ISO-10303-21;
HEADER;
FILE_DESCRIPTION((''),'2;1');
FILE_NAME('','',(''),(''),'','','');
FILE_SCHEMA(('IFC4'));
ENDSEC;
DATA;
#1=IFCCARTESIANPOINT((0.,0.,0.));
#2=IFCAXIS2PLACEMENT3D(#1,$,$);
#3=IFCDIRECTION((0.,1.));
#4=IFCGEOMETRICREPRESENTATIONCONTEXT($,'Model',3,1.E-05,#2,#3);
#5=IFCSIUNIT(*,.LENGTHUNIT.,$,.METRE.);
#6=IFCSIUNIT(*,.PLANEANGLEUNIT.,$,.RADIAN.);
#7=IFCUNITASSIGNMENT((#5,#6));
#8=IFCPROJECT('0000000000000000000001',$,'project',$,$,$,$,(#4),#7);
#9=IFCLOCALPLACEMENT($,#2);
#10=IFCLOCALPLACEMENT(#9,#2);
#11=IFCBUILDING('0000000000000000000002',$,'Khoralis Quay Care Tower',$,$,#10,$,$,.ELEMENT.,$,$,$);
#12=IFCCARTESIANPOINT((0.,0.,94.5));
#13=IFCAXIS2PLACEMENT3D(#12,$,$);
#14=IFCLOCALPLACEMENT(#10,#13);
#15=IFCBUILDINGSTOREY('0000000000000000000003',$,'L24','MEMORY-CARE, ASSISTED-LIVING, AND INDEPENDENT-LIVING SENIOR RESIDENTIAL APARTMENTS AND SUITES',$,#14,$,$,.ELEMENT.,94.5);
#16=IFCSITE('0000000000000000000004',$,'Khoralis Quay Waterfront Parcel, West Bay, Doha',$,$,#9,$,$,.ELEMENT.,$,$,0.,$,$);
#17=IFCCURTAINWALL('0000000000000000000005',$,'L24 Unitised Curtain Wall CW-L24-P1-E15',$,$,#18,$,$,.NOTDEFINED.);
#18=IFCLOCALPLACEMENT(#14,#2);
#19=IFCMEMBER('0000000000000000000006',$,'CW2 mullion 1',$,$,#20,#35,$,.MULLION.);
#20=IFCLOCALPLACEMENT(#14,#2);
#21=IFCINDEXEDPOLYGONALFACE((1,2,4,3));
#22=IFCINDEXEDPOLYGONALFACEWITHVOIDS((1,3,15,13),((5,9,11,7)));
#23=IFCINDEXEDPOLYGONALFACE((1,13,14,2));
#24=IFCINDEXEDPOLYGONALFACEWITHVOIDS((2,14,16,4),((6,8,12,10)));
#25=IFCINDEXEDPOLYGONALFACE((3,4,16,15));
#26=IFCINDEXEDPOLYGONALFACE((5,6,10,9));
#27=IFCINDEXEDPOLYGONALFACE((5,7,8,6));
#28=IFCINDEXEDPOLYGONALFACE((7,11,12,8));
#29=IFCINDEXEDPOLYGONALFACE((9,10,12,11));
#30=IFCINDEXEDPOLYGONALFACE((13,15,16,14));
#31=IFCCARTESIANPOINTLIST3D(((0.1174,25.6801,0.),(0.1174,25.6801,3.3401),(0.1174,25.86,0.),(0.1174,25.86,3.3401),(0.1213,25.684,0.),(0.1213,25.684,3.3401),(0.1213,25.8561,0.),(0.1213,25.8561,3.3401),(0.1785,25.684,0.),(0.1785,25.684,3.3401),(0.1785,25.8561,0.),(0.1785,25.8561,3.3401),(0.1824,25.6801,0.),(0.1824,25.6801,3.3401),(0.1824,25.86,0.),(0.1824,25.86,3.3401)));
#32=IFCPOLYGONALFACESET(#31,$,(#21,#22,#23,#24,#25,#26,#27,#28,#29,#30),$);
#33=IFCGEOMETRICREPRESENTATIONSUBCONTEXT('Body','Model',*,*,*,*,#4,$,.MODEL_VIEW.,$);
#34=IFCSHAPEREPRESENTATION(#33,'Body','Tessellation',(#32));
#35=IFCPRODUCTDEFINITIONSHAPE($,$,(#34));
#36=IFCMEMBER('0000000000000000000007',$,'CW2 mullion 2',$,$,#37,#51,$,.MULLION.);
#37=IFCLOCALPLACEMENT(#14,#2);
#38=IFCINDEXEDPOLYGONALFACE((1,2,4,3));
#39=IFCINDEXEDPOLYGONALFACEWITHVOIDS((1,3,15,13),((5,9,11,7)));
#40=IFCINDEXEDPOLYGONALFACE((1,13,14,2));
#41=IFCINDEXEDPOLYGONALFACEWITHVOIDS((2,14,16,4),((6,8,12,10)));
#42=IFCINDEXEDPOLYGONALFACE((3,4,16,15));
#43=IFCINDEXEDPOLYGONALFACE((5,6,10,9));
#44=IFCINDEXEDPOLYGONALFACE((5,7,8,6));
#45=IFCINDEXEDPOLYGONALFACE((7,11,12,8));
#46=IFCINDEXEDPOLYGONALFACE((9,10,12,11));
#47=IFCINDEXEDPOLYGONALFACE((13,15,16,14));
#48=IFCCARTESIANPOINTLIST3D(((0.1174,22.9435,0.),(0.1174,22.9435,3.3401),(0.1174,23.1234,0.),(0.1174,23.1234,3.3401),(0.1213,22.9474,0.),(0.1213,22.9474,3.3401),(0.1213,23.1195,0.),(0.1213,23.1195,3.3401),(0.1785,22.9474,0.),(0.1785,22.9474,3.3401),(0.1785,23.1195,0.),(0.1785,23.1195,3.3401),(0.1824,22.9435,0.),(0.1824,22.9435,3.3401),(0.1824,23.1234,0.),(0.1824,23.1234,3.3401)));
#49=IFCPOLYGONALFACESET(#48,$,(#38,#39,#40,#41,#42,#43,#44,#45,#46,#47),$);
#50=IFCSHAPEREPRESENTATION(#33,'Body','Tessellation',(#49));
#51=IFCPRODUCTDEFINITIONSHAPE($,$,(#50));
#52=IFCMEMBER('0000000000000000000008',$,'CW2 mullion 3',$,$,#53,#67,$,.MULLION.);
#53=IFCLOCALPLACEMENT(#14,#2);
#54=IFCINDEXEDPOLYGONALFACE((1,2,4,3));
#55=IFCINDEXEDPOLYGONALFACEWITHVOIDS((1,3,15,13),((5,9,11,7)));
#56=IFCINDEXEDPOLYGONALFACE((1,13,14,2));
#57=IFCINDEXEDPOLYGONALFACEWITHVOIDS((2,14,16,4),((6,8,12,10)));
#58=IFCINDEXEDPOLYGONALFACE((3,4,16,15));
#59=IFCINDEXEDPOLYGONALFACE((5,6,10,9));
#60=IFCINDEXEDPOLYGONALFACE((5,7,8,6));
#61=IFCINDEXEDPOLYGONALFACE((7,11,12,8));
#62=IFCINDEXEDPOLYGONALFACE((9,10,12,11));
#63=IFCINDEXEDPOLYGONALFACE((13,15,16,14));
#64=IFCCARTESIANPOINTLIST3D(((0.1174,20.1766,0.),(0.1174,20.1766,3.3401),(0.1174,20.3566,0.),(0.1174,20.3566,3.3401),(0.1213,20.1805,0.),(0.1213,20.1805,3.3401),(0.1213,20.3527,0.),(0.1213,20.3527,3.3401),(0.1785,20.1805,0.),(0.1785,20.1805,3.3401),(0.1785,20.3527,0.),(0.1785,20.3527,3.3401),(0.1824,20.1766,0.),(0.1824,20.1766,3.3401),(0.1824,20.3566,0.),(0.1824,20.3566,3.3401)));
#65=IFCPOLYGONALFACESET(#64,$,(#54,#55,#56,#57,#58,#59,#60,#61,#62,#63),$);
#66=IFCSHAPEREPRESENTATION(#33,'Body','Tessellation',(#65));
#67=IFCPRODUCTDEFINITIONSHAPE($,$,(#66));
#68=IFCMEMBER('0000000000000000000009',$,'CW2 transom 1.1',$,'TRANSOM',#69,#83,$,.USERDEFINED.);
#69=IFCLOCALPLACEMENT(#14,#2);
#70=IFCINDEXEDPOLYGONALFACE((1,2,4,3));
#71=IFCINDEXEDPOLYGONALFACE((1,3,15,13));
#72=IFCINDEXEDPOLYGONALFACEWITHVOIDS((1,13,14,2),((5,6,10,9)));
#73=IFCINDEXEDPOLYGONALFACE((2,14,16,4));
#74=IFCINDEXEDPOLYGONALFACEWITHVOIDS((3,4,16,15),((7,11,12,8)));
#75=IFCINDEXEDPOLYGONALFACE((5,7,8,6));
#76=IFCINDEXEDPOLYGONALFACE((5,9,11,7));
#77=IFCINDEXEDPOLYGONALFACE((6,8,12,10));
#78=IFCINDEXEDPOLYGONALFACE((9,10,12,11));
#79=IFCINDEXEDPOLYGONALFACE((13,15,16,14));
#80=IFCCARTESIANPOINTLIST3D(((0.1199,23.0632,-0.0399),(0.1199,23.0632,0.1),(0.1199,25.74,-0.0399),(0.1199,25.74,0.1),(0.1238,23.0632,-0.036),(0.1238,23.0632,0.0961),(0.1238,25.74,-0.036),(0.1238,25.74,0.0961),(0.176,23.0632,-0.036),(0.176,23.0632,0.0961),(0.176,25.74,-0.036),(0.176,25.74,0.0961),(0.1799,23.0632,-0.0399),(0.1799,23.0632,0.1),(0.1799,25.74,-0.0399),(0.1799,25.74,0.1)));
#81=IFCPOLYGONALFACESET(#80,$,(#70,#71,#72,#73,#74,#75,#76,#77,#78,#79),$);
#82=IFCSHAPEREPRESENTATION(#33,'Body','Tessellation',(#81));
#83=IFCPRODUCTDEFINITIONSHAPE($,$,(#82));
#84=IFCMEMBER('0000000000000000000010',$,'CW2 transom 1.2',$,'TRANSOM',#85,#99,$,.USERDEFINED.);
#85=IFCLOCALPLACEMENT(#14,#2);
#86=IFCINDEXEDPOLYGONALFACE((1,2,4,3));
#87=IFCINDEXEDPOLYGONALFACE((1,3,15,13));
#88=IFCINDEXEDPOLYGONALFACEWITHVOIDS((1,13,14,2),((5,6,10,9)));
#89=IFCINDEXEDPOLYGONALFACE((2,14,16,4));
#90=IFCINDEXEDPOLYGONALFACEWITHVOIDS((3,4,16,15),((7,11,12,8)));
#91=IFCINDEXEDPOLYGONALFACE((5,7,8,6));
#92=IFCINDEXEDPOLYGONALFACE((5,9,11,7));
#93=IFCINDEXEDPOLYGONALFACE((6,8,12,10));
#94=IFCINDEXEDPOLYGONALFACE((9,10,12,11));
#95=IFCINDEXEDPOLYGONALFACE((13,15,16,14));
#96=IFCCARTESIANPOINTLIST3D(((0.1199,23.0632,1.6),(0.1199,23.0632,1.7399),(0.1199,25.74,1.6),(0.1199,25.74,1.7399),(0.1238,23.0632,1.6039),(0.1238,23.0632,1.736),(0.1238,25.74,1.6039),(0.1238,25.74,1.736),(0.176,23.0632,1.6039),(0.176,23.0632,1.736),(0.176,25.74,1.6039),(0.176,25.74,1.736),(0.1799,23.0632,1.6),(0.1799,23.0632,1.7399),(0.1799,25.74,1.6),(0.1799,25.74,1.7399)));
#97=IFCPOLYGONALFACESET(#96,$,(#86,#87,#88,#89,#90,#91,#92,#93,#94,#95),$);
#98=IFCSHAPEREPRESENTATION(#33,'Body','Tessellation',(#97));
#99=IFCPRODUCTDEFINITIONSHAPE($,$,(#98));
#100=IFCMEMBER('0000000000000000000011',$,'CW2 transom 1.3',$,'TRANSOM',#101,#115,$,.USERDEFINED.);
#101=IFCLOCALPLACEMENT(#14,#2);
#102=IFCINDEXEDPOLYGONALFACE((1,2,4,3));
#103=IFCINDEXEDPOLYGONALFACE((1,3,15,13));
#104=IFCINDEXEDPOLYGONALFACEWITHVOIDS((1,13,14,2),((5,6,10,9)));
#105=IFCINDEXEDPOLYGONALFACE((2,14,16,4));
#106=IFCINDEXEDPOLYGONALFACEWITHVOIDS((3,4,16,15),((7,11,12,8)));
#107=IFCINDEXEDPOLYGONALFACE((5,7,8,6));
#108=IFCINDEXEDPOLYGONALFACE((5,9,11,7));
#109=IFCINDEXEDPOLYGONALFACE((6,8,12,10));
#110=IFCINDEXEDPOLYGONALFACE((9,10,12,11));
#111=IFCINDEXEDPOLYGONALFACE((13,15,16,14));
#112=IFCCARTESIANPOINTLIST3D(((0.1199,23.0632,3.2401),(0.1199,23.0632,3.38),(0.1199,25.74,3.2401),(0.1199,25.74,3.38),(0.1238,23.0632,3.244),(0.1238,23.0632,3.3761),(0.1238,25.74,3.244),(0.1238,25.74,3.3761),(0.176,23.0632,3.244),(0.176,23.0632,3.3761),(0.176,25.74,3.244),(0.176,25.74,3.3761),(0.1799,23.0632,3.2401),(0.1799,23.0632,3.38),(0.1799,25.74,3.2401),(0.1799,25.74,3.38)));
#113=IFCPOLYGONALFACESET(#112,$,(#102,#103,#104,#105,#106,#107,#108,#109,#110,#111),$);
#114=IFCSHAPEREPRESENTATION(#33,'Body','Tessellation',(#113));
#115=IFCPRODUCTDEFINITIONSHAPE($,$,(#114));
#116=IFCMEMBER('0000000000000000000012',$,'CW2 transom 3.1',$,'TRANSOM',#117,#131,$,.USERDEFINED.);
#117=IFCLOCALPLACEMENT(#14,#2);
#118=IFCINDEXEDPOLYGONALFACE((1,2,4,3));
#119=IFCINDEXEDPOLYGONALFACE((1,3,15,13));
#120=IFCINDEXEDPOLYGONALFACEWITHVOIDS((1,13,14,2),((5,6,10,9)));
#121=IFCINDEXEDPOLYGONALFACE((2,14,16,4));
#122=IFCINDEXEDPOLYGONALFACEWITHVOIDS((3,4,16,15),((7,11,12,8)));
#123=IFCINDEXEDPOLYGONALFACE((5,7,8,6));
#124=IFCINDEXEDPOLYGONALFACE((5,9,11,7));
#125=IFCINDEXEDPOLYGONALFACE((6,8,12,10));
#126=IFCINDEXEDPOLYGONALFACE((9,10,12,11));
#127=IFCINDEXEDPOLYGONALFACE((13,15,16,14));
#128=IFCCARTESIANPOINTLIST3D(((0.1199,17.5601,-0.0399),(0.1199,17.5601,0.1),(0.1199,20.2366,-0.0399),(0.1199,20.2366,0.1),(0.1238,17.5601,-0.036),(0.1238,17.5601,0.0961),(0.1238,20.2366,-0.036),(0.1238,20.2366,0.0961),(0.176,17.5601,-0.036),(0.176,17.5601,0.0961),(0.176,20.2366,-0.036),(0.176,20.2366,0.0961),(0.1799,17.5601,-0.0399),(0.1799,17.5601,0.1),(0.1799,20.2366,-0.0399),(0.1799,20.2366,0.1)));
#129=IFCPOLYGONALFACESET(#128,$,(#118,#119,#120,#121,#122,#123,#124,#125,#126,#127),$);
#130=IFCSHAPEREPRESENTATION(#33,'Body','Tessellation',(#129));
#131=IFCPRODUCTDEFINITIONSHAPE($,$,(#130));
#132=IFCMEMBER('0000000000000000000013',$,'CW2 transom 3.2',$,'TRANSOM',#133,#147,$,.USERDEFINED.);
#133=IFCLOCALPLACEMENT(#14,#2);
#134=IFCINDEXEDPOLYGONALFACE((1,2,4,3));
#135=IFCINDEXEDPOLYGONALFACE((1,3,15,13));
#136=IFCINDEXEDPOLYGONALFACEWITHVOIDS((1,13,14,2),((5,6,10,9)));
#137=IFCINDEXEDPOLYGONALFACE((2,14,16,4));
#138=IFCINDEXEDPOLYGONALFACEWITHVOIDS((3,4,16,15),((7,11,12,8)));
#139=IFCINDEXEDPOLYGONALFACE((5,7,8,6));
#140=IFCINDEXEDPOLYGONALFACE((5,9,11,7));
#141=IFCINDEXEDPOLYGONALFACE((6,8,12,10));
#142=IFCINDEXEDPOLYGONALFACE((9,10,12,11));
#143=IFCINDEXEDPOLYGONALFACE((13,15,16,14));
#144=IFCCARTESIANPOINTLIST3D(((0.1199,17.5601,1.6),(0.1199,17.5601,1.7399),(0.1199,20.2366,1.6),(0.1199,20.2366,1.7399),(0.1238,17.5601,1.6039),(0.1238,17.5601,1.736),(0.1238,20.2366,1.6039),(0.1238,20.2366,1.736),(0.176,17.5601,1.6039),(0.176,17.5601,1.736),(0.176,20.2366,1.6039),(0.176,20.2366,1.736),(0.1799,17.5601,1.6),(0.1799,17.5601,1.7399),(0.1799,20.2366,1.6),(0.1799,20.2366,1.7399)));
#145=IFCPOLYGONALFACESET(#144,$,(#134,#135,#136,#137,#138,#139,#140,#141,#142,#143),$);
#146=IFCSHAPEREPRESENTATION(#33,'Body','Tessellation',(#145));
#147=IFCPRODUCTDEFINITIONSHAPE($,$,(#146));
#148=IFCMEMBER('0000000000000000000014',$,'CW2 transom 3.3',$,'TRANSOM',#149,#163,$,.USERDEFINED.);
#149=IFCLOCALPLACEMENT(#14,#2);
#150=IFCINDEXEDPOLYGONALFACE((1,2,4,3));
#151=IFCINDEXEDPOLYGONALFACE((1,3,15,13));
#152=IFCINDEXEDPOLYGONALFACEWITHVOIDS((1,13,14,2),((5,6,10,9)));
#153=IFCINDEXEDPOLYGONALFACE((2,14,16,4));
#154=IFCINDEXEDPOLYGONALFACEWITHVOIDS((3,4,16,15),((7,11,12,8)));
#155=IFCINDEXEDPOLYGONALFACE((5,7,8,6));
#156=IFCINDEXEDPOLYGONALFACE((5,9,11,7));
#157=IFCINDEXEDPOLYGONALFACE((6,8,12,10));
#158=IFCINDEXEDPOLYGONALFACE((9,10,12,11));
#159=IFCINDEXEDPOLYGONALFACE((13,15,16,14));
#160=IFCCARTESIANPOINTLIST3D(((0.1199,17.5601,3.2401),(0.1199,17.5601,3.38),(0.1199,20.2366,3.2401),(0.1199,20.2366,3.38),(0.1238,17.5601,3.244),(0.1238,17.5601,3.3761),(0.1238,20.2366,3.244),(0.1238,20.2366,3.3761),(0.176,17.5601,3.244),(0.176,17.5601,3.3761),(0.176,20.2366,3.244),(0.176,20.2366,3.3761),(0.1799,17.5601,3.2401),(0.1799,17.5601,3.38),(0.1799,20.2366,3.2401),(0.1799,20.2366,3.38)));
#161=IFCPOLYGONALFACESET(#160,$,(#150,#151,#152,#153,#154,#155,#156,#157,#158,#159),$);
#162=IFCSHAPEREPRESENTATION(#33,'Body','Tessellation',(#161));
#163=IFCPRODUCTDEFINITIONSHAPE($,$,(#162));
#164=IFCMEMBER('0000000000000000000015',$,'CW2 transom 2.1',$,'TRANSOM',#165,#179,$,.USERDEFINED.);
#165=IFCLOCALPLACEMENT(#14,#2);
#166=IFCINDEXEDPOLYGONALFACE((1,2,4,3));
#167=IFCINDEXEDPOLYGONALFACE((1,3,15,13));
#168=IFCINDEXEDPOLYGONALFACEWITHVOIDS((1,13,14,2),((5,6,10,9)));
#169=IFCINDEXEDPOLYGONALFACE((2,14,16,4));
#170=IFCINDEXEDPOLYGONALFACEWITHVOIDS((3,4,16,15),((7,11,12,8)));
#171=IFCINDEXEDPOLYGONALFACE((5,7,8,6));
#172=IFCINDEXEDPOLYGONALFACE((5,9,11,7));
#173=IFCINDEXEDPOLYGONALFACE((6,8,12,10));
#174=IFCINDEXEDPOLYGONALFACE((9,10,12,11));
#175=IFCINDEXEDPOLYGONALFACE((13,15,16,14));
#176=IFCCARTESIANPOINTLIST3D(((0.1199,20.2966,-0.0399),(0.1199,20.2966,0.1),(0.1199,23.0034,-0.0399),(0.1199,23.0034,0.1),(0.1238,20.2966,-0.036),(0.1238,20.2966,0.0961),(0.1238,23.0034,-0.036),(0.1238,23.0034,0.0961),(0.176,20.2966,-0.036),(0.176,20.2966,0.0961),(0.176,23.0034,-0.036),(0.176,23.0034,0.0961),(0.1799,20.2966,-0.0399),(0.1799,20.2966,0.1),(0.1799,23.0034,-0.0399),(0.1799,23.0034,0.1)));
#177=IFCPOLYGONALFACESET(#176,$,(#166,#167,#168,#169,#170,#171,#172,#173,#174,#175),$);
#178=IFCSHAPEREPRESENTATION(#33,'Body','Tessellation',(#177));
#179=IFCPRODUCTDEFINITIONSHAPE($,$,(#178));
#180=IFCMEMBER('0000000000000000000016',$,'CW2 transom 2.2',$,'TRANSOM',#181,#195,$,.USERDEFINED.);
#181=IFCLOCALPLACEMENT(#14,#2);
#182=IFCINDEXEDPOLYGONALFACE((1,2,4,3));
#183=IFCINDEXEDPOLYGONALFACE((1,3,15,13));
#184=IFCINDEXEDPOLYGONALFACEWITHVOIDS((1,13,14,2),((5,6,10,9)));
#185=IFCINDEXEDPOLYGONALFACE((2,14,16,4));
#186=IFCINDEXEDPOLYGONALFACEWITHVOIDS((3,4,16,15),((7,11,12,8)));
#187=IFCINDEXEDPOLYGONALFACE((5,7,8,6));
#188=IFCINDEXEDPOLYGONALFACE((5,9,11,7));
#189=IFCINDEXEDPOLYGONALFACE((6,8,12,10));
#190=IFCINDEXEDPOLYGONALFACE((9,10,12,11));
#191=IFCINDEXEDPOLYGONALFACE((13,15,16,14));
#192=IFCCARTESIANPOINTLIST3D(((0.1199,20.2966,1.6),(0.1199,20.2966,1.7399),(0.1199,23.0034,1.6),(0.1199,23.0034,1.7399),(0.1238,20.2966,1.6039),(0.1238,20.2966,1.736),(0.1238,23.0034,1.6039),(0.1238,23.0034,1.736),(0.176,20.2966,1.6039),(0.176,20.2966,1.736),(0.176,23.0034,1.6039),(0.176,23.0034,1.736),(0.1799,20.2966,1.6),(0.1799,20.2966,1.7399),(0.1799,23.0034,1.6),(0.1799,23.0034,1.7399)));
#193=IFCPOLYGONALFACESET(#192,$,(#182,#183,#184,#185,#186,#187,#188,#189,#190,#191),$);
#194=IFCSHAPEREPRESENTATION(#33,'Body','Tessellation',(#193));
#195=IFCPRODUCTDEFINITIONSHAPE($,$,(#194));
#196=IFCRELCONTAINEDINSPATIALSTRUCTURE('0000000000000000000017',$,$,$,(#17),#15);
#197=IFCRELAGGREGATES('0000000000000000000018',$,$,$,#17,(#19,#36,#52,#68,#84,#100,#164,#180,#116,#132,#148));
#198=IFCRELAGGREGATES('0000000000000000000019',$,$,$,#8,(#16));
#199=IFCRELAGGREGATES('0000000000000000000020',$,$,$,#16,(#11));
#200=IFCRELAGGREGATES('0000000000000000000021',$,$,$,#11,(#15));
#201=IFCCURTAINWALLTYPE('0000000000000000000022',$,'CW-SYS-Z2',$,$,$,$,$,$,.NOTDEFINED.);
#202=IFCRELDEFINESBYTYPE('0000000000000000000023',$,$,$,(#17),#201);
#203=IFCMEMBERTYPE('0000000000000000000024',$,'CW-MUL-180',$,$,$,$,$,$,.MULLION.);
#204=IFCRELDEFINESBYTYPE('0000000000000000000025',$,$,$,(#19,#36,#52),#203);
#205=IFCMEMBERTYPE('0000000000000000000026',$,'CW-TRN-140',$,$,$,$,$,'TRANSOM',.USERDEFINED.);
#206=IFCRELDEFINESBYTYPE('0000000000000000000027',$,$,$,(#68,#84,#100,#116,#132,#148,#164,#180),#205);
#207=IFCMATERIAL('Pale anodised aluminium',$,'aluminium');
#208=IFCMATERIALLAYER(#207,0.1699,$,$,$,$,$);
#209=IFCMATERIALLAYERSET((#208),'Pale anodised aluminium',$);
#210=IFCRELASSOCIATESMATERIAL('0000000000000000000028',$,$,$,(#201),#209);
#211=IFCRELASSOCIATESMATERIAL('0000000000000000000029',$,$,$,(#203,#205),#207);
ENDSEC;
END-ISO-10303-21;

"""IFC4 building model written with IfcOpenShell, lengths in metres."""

from ifc_helpers import new_model, si_unit, direction, frame, origin, origin_2d, place, context, subcontext, project, spatial, hollow_rectangle, extrude, source, transform, mapped, material, layer, layer_set, material_profile, profile_set, type_object, element, aggregate, save


model = new_model("IFC4")

# Units and contexts
model_context = context("Model", 3, precision=1e-05, world=origin(), true_north=direction((0.0, 1.0)))
body_context = subcontext(model_context, "Body", "Model", "MODEL_VIEW")
ifc_project = project(units=[si_unit("LENGTHUNIT", "METRE"), si_unit("PLANEANGLEUNIT", "RADIAN")], contexts=[model_context])

# Site, building, storey
site_placement = place(None, origin())
site = spatial("IfcSite", under=ifc_project, at=site_placement, Name="Khoralis Quay Waterfront Parcel, West Bay, Doha", CompositionType="ELEMENT", RefElevation=0.0)
building_placement = place(site_placement, origin())
building = spatial("IfcBuilding", under=site, at=building_placement, Name="Khoralis Quay Care Tower", CompositionType="ELEMENT")
storey_placement = place(building_placement, frame((0.0, 0.0, 94.5)))
storey = spatial("IfcBuildingStorey", under=building, at=storey_placement, Name="L24", Description="MEMORY-CARE, ASSISTED-LIVING, AND INDEPENDENT-LIVING SENIOR RESIDENTIAL APARTMENTS AND SUITES", CompositionType="ELEMENT", Elevation=94.5)

# Curtain wall, members
ifc_material_1 = material(Name="Pale anodised aluminium", Category="aluminium")
ifc_layer_1 = layer(ifc_material_1, 0.1699)
ifc_layer_set_1 = layer_set([ifc_layer_1], Name="Pale anodised aluminium")
curtain_wall_type = type_object("IfcCurtainWallType", Name="CW-SYS-Z2", PredefinedType="NOTDEFINED", material=ifc_layer_set_1)
curtain_wall_placement = place(storey_placement, origin())
curtain_wall = element("IfcCurtainWall", 1, at=curtain_wall_placement, inside=storey, type_object=curtain_wall_type, Name="L24 Unitised Curtain Wall CW-L24-P1-E15", PredefinedType="NOTDEFINED")
ifc_material_profile_1 = material_profile(ifc_material_1, hollow_rectangle(XDim=0.0649, YDim=0.1799, WallThickness=0.0039, at=origin_2d()), Name="Pale anodised aluminium")
ifc_profile_set_1 = profile_set([ifc_material_profile_1], Name="Pale anodised aluminium")
member_type_1 = type_object("IfcMemberType", Name="CW-MUL-180", PredefinedType="MULLION", material=ifc_profile_set_1)
shared_shape_1 = source(origin(), body_context, "Body", "SweptSolid", [
    extrude(hollow_rectangle(XDim=0.0649, YDim=0.1799, WallThickness=0.0039, at=origin_2d()), origin(), (0.0, 0.0, 1.0), 3.3401),
])
member_1_placement = place(storey_placement, frame((0.1499, 25.77, 0.0), z_axis=(0.0, 0.0, 1.0), x_axis=(1.0, 0.0, 0.0)))
member_1 = element("IfcMember", 2, at=member_1_placement, type_object=member_type_1, Name="CW2 mullion 1", PredefinedType="MULLION", context=body_context, shape_type="MappedRepresentation", body=[
    mapped(shared_shape_1, transform((0.0, 0.0, 0.0), scale=1.0)),
])
member_2_placement = place(storey_placement, frame((0.1499, 23.0334, 0.0), z_axis=(0.0, 0.0, 1.0), x_axis=(1.0, 0.0, 0.0)))
member_2 = element("IfcMember", 3, at=member_2_placement, type_object=member_type_1, Name="CW2 mullion 2", PredefinedType="MULLION", context=body_context, shape_type="MappedRepresentation", body=[
    mapped(shared_shape_1, transform((0.0, 0.0, 0.0), scale=1.0)),
])
member_3_placement = place(storey_placement, frame((0.1499, 20.2666, 0.0), z_axis=(0.0, 0.0, 1.0), x_axis=(1.0, 0.0, 0.0)))
member_3 = element("IfcMember", 4, at=member_3_placement, type_object=member_type_1, Name="CW2 mullion 3", PredefinedType="MULLION", context=body_context, shape_type="MappedRepresentation", body=[
    mapped(shared_shape_1, transform((0.0, 0.0, 0.0), scale=1.0)),
])
ifc_material_profile_2 = material_profile(ifc_material_1, hollow_rectangle(XDim=0.0601, YDim=0.1399, WallThickness=0.0039, at=origin_2d()), Name="Pale anodised aluminium")
ifc_profile_set_2 = profile_set([ifc_material_profile_2], Name="Pale anodised aluminium")
member_type_2 = type_object("IfcMemberType", Name="CW-TRN-140", ElementType="TRANSOM", PredefinedType="USERDEFINED", material=ifc_profile_set_2)
shared_shape_2 = source(origin(), body_context, "Body", "SweptSolid", [
    extrude(hollow_rectangle(XDim=0.0601, YDim=0.1399, WallThickness=0.0039, at=origin_2d()), origin(), (0.0, 0.0, 1.0), 2.6768),
])
member_4_placement = place(storey_placement, frame((0.1499, 25.74, 0.03), z_axis=(0.0, -1.0, 0.0), x_axis=(1.0, 0.0, 0.0)))
member_4 = element("IfcMember", 5, at=member_4_placement, type_object=member_type_2, Name="CW2 transom 1.1", ObjectType="TRANSOM", PredefinedType="USERDEFINED", context=body_context, shape_type="MappedRepresentation", body=[
    mapped(shared_shape_2, transform((0.0, 0.0, 0.0), scale=1.0)),
])
member_5_placement = place(storey_placement, frame((0.1499, 25.74, 1.6699), z_axis=(0.0, -1.0, 0.0), x_axis=(1.0, 0.0, 0.0)))
member_5 = element("IfcMember", 6, at=member_5_placement, type_object=member_type_2, Name="CW2 transom 1.2", ObjectType="TRANSOM", PredefinedType="USERDEFINED", context=body_context, shape_type="MappedRepresentation", body=[
    mapped(shared_shape_2, transform((0.0, 0.0, 0.0), scale=1.0)),
])
member_6_placement = place(storey_placement, frame((0.1499, 25.74, 3.3101), z_axis=(0.0, -1.0, 0.0), x_axis=(1.0, 0.0, 0.0)))
member_6 = element("IfcMember", 7, at=member_6_placement, type_object=member_type_2, Name="CW2 transom 1.3", ObjectType="TRANSOM", PredefinedType="USERDEFINED", context=body_context, shape_type="MappedRepresentation", body=[
    mapped(shared_shape_2, transform((0.0, 0.0, 0.0), scale=1.0)),
])
shared_shape_3 = source(origin(), body_context, "Body", "SweptSolid", [
    extrude(hollow_rectangle(XDim=0.0601, YDim=0.1399, WallThickness=0.0039, at=origin_2d()), origin(), (0.0, 0.0, 1.0), 2.6765),
])
member_7_placement = place(storey_placement, frame((0.1499, 20.2366, 0.03), z_axis=(0.0, -1.0, 0.0), x_axis=(1.0, 0.0, 0.0)))
member_7 = element("IfcMember", 8, at=member_7_placement, type_object=member_type_2, Name="CW2 transom 3.1", ObjectType="TRANSOM", PredefinedType="USERDEFINED", context=body_context, shape_type="MappedRepresentation", body=[
    mapped(shared_shape_3, transform((0.0, 0.0, 0.0), scale=1.0)),
])
member_8_placement = place(storey_placement, frame((0.1499, 20.2366, 1.6699), z_axis=(0.0, -1.0, 0.0), x_axis=(1.0, 0.0, 0.0)))
member_8 = element("IfcMember", 9, at=member_8_placement, type_object=member_type_2, Name="CW2 transom 3.2", ObjectType="TRANSOM", PredefinedType="USERDEFINED", context=body_context, shape_type="MappedRepresentation", body=[
    mapped(shared_shape_3, transform((0.0, 0.0, 0.0), scale=1.0)),
])
member_9_placement = place(storey_placement, frame((0.1499, 20.2366, 3.3101), z_axis=(0.0, -1.0, 0.0), x_axis=(1.0, 0.0, 0.0)))
member_9 = element("IfcMember", 10, at=member_9_placement, type_object=member_type_2, Name="CW2 transom 3.3", ObjectType="TRANSOM", PredefinedType="USERDEFINED", context=body_context, shape_type="MappedRepresentation", body=[
    mapped(shared_shape_3, transform((0.0, 0.0, 0.0), scale=1.0)),
])
shared_shape_4 = source(origin(), body_context, "Body", "SweptSolid", [
    extrude(hollow_rectangle(XDim=0.0601, YDim=0.1399, WallThickness=0.0039, at=origin_2d()), origin(), (0.0, 0.0, 1.0), 2.7068),
])
member_10_placement = place(storey_placement, frame((0.1499, 23.0034, 0.03), z_axis=(0.0, -1.0, 0.0), x_axis=(1.0, 0.0, 0.0)))
member_10 = element("IfcMember", 11, at=member_10_placement, type_object=member_type_2, Name="CW2 transom 2.1", ObjectType="TRANSOM", PredefinedType="USERDEFINED", context=body_context, shape_type="MappedRepresentation", body=[
    mapped(shared_shape_4, transform((0.0, 0.0, 0.0), scale=1.0)),
])
member_11_placement = place(storey_placement, frame((0.1499, 23.0034, 1.6699), z_axis=(0.0, -1.0, 0.0), x_axis=(1.0, 0.0, 0.0)))
member_11 = element("IfcMember", 12, at=member_11_placement, type_object=member_type_2, Name="CW2 transom 2.2", ObjectType="TRANSOM", PredefinedType="USERDEFINED", context=body_context, shape_type="MappedRepresentation", body=[
    mapped(shared_shape_4, transform((0.0, 0.0, 0.0), scale=1.0)),
])
aggregate(curtain_wall, [member_1, member_2, member_3, member_4, member_5, member_6, member_10, member_11, member_7, member_8, member_9])

save(model, "model.ifc")
